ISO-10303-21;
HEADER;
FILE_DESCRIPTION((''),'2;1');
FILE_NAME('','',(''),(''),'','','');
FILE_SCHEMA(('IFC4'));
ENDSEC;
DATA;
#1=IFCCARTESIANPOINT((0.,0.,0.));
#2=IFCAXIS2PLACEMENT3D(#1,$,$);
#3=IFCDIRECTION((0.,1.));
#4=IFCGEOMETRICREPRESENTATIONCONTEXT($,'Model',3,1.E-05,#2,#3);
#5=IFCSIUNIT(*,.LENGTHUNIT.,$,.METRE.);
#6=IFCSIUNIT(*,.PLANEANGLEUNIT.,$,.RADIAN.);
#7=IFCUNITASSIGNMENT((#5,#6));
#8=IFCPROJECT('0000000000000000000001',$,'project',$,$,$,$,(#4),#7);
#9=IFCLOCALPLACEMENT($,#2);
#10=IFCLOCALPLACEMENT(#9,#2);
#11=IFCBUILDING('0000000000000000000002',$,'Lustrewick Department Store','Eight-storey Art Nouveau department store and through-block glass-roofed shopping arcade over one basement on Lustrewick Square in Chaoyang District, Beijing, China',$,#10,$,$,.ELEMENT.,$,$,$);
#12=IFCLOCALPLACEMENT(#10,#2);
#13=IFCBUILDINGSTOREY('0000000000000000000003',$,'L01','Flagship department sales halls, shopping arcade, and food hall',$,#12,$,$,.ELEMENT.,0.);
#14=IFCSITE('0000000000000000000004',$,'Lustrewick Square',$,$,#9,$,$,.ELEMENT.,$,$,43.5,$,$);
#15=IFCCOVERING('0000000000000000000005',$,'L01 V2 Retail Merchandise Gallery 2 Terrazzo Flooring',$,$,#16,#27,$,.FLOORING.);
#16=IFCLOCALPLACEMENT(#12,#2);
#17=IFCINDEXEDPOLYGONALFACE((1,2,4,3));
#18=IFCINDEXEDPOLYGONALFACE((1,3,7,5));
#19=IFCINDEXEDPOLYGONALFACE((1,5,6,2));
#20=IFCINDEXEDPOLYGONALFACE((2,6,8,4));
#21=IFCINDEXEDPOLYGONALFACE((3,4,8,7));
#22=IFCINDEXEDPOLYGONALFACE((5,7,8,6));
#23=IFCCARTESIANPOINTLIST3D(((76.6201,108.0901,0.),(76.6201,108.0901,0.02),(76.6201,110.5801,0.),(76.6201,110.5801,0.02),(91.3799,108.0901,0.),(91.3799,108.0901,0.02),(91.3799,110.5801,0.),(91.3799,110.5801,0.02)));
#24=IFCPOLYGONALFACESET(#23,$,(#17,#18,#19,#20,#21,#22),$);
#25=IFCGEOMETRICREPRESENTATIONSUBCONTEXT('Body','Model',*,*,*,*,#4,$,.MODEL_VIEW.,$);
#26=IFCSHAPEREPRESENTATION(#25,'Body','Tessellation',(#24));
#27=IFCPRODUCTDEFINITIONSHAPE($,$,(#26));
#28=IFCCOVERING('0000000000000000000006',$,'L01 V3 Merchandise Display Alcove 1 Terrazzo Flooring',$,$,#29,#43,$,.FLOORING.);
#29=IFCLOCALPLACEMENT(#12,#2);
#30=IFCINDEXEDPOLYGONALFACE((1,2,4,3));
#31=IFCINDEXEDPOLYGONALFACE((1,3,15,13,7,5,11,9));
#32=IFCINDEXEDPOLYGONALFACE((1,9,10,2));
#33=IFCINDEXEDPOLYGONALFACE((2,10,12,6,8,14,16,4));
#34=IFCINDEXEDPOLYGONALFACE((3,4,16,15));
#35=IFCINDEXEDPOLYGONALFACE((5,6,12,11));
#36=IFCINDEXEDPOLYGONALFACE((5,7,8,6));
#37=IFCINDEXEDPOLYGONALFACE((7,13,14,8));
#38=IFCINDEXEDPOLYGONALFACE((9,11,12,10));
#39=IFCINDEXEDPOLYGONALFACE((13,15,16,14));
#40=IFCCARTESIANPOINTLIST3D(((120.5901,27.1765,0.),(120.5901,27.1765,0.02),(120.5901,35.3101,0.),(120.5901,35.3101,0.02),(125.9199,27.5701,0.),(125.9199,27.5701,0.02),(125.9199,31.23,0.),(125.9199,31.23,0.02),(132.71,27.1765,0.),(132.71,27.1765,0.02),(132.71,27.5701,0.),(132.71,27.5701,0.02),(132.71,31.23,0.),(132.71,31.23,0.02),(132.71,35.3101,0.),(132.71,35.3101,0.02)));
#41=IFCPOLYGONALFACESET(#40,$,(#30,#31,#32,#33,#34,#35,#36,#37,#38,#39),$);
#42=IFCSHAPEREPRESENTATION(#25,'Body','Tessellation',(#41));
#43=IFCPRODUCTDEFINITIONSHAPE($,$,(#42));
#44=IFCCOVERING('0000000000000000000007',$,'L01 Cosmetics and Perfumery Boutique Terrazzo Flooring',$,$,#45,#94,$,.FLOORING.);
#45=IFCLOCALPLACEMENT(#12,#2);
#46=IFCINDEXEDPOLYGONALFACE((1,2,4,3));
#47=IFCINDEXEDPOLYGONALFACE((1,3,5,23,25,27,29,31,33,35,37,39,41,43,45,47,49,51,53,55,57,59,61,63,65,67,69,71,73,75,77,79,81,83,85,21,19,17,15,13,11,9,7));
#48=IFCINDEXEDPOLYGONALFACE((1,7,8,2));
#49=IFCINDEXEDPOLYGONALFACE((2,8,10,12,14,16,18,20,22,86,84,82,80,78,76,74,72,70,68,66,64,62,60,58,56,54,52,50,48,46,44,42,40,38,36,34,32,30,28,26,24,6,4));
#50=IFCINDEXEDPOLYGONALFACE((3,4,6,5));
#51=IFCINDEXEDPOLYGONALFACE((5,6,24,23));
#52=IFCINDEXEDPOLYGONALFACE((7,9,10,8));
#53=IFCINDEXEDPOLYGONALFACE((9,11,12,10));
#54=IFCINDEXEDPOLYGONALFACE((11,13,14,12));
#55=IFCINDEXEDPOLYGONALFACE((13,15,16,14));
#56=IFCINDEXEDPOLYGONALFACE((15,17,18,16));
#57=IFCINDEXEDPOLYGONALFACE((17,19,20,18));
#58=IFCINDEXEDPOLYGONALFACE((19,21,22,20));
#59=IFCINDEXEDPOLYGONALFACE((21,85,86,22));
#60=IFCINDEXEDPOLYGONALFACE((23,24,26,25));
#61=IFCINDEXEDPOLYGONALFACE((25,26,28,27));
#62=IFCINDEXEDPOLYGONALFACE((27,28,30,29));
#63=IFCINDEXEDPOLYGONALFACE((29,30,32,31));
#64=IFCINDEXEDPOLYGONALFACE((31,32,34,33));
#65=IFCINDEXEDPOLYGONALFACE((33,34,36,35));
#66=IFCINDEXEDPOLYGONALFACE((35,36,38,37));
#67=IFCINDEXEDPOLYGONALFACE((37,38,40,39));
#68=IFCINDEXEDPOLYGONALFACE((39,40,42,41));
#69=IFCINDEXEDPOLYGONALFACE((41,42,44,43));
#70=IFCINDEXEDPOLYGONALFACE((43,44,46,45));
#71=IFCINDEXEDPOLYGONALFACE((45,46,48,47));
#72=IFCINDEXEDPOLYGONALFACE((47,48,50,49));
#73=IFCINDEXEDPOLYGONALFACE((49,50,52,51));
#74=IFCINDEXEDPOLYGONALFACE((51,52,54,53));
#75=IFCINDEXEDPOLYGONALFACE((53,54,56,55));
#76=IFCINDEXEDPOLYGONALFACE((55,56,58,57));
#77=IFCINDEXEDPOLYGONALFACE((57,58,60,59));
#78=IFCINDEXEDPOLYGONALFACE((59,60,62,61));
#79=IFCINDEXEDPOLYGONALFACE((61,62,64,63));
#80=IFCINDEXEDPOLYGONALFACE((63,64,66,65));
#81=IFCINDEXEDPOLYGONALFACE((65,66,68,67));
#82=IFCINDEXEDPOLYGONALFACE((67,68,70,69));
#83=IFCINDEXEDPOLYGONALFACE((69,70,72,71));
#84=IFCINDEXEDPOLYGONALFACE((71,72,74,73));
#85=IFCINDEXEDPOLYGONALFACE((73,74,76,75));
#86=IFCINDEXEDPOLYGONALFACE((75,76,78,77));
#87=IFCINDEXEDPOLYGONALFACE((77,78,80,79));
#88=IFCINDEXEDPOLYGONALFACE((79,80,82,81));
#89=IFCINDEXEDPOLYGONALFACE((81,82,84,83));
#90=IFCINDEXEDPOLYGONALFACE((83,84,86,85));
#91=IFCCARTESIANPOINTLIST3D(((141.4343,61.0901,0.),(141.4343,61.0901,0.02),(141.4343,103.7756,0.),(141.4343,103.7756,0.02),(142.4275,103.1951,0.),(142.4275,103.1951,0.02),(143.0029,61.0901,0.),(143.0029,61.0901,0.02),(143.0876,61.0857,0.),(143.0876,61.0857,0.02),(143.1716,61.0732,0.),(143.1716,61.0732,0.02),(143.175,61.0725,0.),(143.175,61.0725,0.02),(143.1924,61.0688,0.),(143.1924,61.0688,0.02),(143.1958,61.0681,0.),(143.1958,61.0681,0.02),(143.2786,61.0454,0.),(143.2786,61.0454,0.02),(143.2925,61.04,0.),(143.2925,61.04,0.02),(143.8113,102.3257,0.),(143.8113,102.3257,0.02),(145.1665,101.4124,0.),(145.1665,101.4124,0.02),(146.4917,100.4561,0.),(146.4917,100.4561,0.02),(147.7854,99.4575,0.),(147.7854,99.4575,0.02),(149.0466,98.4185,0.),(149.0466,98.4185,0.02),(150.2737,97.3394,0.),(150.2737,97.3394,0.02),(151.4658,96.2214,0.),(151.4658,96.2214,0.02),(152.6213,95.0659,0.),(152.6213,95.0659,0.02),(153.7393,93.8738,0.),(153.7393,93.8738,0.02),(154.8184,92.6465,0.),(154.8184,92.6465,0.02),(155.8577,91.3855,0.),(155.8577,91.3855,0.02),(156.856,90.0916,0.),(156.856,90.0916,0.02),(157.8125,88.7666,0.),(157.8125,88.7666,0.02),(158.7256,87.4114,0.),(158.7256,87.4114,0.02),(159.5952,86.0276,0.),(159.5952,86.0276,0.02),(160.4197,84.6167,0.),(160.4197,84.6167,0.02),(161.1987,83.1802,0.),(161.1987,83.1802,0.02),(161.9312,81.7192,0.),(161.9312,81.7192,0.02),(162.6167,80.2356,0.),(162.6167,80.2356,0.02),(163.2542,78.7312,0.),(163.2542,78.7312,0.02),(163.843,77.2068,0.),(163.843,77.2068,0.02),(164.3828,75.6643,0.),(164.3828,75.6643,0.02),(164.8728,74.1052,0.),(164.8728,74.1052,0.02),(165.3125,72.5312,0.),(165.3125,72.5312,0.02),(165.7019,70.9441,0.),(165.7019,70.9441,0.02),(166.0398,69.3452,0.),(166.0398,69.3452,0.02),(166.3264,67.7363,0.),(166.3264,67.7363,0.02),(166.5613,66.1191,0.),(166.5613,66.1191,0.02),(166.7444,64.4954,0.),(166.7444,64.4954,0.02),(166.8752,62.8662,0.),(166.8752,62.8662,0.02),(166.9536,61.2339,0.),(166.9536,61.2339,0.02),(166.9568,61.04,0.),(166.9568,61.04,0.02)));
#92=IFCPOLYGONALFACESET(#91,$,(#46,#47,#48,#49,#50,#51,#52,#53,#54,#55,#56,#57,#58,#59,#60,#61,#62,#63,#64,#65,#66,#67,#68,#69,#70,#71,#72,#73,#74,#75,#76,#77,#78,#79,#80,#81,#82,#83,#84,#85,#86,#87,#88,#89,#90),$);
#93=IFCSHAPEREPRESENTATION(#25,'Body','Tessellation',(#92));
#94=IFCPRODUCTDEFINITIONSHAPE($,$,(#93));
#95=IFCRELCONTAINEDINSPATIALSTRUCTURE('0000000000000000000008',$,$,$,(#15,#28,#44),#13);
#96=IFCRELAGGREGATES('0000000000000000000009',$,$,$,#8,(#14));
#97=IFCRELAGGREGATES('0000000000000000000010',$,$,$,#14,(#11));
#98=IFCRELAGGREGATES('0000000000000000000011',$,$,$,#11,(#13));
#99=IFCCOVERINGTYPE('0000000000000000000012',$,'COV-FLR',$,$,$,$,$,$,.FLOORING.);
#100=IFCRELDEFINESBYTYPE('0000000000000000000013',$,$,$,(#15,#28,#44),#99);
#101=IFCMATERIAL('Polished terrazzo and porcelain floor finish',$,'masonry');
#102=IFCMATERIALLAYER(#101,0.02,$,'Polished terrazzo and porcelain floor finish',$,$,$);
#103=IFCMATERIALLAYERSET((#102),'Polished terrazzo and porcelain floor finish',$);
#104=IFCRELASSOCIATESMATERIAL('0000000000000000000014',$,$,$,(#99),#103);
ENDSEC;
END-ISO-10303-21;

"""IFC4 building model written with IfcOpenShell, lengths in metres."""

from ifc_helpers import new_model, si_unit, direction, origin, place, context, subcontext, project, spatial, polyline, outline, extrude, material, layer, layer_set, type_object, element, save


model = new_model("IFC4")

# Units and contexts
model_context = context("Model", 3, precision=1e-05, world=origin(), true_north=direction((0.0, 1.0)))
body_context = subcontext(model_context, "Body", "Model", "MODEL_VIEW")
ifc_project = project(units=[si_unit("LENGTHUNIT", "METRE"), si_unit("PLANEANGLEUNIT", "RADIAN")], contexts=[model_context])

# Site, building, storey
site_placement = place(None, origin())
site = spatial("IfcSite", under=ifc_project, at=site_placement, Name="Lustrewick Square", CompositionType="ELEMENT", RefElevation=43.5)
building_placement = place(site_placement, origin())
building = spatial("IfcBuilding", under=site, at=building_placement, Name="Lustrewick Department Store", Description="Eight-storey Art Nouveau department store and through-block glass-roofed shopping arcade over one basement on Lustrewick Square in Chaoyang District, Beijing, China", CompositionType="ELEMENT")
storey_placement = place(building_placement, origin())
storey = spatial("IfcBuildingStorey", under=building, at=storey_placement, Name="L01", Description="Flagship department sales halls, shopping arcade, and food hall", CompositionType="ELEMENT", Elevation=0.0)

# Coverings
ifc_material_1 = material(Name="Polished terrazzo and porcelain floor finish", Category="masonry")
ifc_layer_1 = layer(ifc_material_1, 0.02, Name="Polished terrazzo and porcelain floor finish")
ifc_layer_set_1 = layer_set([ifc_layer_1], Name="Polished terrazzo and porcelain floor finish")
covering_type_1 = type_object("IfcCoveringType", Name="COV-FLR", PredefinedType="FLOORING", material=ifc_layer_set_1)
covering_1_placement = place(storey_placement, origin())
element("IfcCovering", 1, at=covering_1_placement, inside=storey, type_object=covering_type_1, Name="L01 V2 Retail Merchandise Gallery 2 Terrazzo Flooring", PredefinedType="FLOORING", context=body_context, shape_type="SweptSolid", body=[
    extrude(outline(polyline([(76.6201, 108.0901), (91.3799, 108.0901), (91.3799, 110.5801), (76.6201, 110.5801), (76.6201, 108.0901)])), origin(), (0.0, 0.0, 1.0), 0.02),
])
covering_2_placement = place(storey_placement, origin())
element("IfcCovering", 2, at=covering_2_placement, inside=storey, type_object=covering_type_1, Name="L01 V3 Merchandise Display Alcove 1 Terrazzo Flooring", PredefinedType="FLOORING", context=body_context, shape_type="SweptSolid", body=[
    extrude(outline(polyline([(120.5901, 27.1765), (132.71, 27.1765), (132.71, 27.5701), (125.9199, 27.5701), (125.9199, 31.23), (132.71, 31.23), (132.71, 35.3101), (120.5901, 35.3101), (120.5901, 27.1765)])), origin(), (0.0, 0.0, 1.0), 0.02),
])
covering_3_placement = place(storey_placement, origin())
element("IfcCovering", 3, at=covering_3_placement, inside=storey, type_object=covering_type_1, Name="L01 Cosmetics and Perfumery Boutique Terrazzo Flooring", PredefinedType="FLOORING", context=body_context, shape_type="SweptSolid", body=[
    extrude(outline(polyline([(141.4343, 103.7756), (141.4343, 61.0901), (143.0029, 61.0901), (143.0876, 61.0857), (143.1716, 61.0732), (143.175, 61.0725), (143.1924, 61.0688), (143.1958, 61.0681), (143.2786, 61.0454), (143.2925, 61.04), (166.9568, 61.04), (166.9536, 61.2339), (166.8752, 62.8662), (166.7444, 64.4954), (166.5613, 66.1191), (166.3264, 67.7363), (166.0398, 69.3452), (165.7019, 70.9441), (165.3125, 72.5312), (164.8728, 74.1052), (164.3828, 75.6643), (163.843, 77.2068), (163.2542, 78.7312), (162.6167, 80.2356), (161.9312, 81.7192), (161.1987, 83.1802), (160.4197, 84.6167), (159.5952, 86.0276), (158.7256, 87.4114), (157.8125, 88.7666), (156.856, 90.0916), (155.8577, 91.3855), (154.8184, 92.6465), (153.7393, 93.8738), (152.6213, 95.0659), (151.4658, 96.2214), (150.2737, 97.3394), (149.0466, 98.4185), (147.7854, 99.4575), (146.4917, 100.4561), (145.1665, 101.4124), (143.8113, 102.3257), (142.4275, 103.1951), (141.4343, 103.7756)])), origin(), (0.0, 0.0, 1.0), 0.02),
])

save(model, "model.ifc")
